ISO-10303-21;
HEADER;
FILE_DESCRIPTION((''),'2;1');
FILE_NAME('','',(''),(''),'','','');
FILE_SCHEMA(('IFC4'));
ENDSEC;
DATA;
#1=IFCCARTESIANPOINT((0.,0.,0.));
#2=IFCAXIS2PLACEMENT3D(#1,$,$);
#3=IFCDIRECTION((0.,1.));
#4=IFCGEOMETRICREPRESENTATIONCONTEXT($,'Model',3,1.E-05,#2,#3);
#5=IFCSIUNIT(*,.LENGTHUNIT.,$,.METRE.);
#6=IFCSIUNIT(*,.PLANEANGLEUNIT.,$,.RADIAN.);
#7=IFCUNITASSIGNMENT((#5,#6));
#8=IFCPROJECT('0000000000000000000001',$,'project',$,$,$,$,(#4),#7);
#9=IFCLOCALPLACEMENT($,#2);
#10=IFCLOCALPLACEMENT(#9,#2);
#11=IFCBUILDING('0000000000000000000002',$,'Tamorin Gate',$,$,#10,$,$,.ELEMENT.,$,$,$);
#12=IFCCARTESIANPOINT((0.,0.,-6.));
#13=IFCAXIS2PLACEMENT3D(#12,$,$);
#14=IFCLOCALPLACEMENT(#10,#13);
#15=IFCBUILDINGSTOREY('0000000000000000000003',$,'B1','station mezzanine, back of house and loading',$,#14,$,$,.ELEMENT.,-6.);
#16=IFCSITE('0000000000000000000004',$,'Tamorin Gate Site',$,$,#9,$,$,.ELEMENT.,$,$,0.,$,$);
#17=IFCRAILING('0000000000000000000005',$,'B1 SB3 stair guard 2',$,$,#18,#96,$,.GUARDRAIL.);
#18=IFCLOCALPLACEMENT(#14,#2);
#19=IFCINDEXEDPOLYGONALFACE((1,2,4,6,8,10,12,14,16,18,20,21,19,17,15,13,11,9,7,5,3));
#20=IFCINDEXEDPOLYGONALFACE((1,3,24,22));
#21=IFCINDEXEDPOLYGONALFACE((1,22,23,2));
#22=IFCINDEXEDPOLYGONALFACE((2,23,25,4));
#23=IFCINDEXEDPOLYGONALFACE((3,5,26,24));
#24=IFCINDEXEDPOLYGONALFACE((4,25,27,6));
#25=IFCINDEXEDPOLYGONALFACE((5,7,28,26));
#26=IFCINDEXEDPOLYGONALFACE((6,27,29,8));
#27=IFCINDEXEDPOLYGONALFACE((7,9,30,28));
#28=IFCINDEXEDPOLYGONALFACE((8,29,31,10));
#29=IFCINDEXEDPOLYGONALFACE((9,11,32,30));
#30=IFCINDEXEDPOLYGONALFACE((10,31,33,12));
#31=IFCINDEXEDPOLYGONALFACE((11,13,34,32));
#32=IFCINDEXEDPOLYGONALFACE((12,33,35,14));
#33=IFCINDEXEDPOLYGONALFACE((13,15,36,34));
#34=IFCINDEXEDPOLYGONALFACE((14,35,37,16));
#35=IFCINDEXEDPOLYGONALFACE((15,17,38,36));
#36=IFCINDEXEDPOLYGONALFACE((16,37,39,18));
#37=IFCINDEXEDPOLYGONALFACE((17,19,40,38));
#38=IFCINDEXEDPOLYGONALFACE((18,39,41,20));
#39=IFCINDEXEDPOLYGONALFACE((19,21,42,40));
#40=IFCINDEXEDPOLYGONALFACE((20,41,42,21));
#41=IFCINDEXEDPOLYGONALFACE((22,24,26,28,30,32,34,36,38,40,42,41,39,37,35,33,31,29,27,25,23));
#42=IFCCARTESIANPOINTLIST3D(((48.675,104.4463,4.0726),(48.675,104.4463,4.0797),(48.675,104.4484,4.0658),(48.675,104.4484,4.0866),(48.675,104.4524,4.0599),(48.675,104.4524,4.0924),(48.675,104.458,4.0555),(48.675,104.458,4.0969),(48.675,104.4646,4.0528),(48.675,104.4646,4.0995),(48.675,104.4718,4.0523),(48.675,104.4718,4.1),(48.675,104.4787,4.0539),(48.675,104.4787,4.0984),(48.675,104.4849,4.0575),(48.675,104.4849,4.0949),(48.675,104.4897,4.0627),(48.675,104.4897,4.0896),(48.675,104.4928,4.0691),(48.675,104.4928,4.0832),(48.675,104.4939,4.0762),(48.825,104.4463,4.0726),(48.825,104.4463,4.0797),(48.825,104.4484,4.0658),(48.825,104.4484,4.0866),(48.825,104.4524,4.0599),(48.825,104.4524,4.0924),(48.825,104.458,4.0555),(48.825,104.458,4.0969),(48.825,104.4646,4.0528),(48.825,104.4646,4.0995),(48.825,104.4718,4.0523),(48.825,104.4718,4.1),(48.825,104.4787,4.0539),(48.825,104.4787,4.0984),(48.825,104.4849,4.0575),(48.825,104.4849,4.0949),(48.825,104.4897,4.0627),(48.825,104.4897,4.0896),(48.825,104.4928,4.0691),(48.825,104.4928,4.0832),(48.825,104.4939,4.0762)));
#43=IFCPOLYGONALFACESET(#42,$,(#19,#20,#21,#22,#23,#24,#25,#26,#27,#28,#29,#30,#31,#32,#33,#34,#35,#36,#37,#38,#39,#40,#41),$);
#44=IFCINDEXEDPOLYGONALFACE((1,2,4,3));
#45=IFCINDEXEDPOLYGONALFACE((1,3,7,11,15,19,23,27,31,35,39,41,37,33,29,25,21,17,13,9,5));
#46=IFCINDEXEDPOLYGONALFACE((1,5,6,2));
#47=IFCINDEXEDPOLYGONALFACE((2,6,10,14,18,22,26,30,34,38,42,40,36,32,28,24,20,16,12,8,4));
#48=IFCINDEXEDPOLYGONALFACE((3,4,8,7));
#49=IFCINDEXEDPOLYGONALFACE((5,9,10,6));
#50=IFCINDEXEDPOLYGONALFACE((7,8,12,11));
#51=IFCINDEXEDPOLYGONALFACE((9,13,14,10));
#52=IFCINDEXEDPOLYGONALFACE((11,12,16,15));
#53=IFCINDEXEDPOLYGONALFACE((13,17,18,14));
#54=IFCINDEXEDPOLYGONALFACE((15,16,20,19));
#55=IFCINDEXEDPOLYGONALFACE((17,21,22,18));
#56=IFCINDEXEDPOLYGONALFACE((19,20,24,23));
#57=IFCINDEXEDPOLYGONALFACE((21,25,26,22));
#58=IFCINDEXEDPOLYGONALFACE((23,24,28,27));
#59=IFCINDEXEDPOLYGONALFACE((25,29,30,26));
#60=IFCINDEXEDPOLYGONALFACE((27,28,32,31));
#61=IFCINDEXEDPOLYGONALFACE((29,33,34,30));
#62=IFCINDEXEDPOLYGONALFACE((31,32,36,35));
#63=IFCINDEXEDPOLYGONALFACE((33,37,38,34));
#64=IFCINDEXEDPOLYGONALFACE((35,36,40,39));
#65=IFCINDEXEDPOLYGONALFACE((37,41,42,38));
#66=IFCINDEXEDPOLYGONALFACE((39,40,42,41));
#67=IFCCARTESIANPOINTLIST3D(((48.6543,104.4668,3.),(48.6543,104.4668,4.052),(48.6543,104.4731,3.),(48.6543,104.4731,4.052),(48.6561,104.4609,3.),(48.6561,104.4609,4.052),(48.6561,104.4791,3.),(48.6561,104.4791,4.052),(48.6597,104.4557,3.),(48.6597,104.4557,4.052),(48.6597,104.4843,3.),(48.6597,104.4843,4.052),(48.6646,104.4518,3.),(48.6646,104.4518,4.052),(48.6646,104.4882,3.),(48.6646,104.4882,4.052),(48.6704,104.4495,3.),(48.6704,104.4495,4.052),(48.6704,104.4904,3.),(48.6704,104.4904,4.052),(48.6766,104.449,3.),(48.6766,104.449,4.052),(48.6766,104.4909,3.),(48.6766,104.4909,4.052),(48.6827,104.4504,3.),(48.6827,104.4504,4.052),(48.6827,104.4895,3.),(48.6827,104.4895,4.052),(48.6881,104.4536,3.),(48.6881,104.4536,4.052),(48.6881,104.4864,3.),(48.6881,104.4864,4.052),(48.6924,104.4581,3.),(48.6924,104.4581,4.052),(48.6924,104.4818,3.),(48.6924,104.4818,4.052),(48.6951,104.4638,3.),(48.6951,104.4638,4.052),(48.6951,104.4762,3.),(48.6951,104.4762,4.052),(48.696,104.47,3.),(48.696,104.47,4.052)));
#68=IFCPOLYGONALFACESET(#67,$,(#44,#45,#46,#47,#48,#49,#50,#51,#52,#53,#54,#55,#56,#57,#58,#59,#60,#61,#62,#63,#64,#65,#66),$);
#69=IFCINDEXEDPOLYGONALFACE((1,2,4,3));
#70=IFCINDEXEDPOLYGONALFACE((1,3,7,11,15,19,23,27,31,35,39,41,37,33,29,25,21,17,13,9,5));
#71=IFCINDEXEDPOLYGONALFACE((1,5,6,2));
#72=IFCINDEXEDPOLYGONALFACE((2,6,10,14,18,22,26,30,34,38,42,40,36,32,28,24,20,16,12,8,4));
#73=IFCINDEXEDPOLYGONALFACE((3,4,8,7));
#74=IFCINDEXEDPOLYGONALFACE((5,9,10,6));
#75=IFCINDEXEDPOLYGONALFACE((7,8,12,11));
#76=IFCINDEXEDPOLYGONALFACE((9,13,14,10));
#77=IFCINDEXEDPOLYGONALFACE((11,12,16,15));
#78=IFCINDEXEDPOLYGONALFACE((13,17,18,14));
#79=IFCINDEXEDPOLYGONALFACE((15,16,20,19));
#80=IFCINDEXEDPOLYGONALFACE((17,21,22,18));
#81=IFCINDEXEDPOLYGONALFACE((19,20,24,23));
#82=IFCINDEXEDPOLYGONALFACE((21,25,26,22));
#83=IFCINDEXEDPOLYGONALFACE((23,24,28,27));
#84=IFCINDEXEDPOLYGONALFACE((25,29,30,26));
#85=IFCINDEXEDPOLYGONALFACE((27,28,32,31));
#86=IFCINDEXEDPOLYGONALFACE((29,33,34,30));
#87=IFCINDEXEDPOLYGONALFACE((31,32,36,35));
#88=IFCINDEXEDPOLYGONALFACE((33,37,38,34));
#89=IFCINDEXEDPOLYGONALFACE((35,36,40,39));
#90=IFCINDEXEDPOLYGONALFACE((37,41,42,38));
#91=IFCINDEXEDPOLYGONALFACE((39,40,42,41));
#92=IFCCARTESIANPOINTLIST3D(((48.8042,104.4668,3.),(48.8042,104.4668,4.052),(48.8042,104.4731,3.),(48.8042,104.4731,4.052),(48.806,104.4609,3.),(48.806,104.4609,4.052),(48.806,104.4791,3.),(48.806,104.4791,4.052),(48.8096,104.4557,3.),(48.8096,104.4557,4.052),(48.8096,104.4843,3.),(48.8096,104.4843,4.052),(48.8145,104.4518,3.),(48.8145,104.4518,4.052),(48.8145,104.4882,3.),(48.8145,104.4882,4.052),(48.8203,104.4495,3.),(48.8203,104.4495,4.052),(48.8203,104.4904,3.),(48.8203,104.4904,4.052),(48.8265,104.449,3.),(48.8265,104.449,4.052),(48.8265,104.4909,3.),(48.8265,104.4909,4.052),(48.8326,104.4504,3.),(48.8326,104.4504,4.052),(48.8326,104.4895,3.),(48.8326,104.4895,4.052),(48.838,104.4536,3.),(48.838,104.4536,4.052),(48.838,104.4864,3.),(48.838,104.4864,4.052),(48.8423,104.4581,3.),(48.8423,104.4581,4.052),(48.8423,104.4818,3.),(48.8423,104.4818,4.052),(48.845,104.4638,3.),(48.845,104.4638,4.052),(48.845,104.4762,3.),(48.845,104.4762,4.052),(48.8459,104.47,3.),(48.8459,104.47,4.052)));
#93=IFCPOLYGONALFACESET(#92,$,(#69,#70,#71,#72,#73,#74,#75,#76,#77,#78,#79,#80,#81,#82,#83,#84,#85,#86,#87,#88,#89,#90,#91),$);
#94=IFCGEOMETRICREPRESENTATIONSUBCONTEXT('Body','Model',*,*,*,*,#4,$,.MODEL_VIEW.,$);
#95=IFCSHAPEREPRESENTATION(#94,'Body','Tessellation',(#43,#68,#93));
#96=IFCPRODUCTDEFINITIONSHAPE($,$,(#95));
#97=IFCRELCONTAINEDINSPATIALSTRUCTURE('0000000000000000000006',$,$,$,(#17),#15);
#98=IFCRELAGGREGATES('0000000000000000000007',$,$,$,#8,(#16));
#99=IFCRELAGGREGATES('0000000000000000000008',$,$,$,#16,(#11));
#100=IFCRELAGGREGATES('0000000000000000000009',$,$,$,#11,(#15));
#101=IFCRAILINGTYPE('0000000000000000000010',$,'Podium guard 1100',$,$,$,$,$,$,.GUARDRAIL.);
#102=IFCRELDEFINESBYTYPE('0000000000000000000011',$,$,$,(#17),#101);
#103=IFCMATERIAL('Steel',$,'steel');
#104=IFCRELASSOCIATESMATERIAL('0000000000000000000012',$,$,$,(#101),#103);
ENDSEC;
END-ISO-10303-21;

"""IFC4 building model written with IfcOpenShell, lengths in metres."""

from ifc_helpers import new_model, si_unit, direction, frame, origin, origin_2d, place, context, subcontext, project, spatial, circle, extrude, material, type_object, element, save


model = new_model("IFC4")

# Units and contexts
model_context = context("Model", 3, precision=1e-05, world=origin(), true_north=direction((0.0, 1.0)))
body_context = subcontext(model_context, "Body", "Model", "MODEL_VIEW")
ifc_project = project(units=[si_unit("LENGTHUNIT", "METRE"), si_unit("PLANEANGLEUNIT", "RADIAN")], contexts=[model_context])

# Site, building, storey
site_placement = place(None, origin())
site = spatial("IfcSite", under=ifc_project, at=site_placement, Name="Tamorin Gate Site", CompositionType="ELEMENT", RefElevation=0.0)
building_placement = place(site_placement, origin())
building = spatial("IfcBuilding", under=site, at=building_placement, Name="Tamorin Gate", CompositionType="ELEMENT")
storey_placement = place(building_placement, frame((0.0, 0.0, -6.0)))
storey = spatial("IfcBuildingStorey", under=building, at=storey_placement, Name="B1", Description="station mezzanine, back of house and loading", CompositionType="ELEMENT", Elevation=-6.0)

# Railing
ifc_material_1 = material(Name="Steel", Category="steel")
railing_type_1 = type_object("IfcRailingType", Name="Podium guard 1100", PredefinedType="GUARDRAIL", material=ifc_material_1)
railing_1_placement = place(storey_placement, frame((48.675, 104.47, 3.0)))
element("IfcRailing", 1, at=railing_1_placement, inside=storey, type_object=railing_type_1, Name="B1 SB3 stair guard 2", PredefinedType="GUARDRAIL", context=body_context, shape_type="SweptSolid", body=[
    extrude(circle(Radius=0.0239, at=origin_2d()), frame((0.0, 0.0, 1.0762), z_axis=(1.0, 0.0, 0.0), x_axis=(0.0, 1.0, 0.0)), (0.0, 0.0, 1.0), 0.1499),
    extrude(circle(Radius=0.021, at=origin_2d()), origin(), (0.0, 0.0, 1.0), 1.052),
    extrude(circle(Radius=0.021, at=origin_2d()), frame((0.1499, 0.0, 0.0)), (0.0, 0.0, 1.0), 1.052),
])

save(model, "model.ifc")
